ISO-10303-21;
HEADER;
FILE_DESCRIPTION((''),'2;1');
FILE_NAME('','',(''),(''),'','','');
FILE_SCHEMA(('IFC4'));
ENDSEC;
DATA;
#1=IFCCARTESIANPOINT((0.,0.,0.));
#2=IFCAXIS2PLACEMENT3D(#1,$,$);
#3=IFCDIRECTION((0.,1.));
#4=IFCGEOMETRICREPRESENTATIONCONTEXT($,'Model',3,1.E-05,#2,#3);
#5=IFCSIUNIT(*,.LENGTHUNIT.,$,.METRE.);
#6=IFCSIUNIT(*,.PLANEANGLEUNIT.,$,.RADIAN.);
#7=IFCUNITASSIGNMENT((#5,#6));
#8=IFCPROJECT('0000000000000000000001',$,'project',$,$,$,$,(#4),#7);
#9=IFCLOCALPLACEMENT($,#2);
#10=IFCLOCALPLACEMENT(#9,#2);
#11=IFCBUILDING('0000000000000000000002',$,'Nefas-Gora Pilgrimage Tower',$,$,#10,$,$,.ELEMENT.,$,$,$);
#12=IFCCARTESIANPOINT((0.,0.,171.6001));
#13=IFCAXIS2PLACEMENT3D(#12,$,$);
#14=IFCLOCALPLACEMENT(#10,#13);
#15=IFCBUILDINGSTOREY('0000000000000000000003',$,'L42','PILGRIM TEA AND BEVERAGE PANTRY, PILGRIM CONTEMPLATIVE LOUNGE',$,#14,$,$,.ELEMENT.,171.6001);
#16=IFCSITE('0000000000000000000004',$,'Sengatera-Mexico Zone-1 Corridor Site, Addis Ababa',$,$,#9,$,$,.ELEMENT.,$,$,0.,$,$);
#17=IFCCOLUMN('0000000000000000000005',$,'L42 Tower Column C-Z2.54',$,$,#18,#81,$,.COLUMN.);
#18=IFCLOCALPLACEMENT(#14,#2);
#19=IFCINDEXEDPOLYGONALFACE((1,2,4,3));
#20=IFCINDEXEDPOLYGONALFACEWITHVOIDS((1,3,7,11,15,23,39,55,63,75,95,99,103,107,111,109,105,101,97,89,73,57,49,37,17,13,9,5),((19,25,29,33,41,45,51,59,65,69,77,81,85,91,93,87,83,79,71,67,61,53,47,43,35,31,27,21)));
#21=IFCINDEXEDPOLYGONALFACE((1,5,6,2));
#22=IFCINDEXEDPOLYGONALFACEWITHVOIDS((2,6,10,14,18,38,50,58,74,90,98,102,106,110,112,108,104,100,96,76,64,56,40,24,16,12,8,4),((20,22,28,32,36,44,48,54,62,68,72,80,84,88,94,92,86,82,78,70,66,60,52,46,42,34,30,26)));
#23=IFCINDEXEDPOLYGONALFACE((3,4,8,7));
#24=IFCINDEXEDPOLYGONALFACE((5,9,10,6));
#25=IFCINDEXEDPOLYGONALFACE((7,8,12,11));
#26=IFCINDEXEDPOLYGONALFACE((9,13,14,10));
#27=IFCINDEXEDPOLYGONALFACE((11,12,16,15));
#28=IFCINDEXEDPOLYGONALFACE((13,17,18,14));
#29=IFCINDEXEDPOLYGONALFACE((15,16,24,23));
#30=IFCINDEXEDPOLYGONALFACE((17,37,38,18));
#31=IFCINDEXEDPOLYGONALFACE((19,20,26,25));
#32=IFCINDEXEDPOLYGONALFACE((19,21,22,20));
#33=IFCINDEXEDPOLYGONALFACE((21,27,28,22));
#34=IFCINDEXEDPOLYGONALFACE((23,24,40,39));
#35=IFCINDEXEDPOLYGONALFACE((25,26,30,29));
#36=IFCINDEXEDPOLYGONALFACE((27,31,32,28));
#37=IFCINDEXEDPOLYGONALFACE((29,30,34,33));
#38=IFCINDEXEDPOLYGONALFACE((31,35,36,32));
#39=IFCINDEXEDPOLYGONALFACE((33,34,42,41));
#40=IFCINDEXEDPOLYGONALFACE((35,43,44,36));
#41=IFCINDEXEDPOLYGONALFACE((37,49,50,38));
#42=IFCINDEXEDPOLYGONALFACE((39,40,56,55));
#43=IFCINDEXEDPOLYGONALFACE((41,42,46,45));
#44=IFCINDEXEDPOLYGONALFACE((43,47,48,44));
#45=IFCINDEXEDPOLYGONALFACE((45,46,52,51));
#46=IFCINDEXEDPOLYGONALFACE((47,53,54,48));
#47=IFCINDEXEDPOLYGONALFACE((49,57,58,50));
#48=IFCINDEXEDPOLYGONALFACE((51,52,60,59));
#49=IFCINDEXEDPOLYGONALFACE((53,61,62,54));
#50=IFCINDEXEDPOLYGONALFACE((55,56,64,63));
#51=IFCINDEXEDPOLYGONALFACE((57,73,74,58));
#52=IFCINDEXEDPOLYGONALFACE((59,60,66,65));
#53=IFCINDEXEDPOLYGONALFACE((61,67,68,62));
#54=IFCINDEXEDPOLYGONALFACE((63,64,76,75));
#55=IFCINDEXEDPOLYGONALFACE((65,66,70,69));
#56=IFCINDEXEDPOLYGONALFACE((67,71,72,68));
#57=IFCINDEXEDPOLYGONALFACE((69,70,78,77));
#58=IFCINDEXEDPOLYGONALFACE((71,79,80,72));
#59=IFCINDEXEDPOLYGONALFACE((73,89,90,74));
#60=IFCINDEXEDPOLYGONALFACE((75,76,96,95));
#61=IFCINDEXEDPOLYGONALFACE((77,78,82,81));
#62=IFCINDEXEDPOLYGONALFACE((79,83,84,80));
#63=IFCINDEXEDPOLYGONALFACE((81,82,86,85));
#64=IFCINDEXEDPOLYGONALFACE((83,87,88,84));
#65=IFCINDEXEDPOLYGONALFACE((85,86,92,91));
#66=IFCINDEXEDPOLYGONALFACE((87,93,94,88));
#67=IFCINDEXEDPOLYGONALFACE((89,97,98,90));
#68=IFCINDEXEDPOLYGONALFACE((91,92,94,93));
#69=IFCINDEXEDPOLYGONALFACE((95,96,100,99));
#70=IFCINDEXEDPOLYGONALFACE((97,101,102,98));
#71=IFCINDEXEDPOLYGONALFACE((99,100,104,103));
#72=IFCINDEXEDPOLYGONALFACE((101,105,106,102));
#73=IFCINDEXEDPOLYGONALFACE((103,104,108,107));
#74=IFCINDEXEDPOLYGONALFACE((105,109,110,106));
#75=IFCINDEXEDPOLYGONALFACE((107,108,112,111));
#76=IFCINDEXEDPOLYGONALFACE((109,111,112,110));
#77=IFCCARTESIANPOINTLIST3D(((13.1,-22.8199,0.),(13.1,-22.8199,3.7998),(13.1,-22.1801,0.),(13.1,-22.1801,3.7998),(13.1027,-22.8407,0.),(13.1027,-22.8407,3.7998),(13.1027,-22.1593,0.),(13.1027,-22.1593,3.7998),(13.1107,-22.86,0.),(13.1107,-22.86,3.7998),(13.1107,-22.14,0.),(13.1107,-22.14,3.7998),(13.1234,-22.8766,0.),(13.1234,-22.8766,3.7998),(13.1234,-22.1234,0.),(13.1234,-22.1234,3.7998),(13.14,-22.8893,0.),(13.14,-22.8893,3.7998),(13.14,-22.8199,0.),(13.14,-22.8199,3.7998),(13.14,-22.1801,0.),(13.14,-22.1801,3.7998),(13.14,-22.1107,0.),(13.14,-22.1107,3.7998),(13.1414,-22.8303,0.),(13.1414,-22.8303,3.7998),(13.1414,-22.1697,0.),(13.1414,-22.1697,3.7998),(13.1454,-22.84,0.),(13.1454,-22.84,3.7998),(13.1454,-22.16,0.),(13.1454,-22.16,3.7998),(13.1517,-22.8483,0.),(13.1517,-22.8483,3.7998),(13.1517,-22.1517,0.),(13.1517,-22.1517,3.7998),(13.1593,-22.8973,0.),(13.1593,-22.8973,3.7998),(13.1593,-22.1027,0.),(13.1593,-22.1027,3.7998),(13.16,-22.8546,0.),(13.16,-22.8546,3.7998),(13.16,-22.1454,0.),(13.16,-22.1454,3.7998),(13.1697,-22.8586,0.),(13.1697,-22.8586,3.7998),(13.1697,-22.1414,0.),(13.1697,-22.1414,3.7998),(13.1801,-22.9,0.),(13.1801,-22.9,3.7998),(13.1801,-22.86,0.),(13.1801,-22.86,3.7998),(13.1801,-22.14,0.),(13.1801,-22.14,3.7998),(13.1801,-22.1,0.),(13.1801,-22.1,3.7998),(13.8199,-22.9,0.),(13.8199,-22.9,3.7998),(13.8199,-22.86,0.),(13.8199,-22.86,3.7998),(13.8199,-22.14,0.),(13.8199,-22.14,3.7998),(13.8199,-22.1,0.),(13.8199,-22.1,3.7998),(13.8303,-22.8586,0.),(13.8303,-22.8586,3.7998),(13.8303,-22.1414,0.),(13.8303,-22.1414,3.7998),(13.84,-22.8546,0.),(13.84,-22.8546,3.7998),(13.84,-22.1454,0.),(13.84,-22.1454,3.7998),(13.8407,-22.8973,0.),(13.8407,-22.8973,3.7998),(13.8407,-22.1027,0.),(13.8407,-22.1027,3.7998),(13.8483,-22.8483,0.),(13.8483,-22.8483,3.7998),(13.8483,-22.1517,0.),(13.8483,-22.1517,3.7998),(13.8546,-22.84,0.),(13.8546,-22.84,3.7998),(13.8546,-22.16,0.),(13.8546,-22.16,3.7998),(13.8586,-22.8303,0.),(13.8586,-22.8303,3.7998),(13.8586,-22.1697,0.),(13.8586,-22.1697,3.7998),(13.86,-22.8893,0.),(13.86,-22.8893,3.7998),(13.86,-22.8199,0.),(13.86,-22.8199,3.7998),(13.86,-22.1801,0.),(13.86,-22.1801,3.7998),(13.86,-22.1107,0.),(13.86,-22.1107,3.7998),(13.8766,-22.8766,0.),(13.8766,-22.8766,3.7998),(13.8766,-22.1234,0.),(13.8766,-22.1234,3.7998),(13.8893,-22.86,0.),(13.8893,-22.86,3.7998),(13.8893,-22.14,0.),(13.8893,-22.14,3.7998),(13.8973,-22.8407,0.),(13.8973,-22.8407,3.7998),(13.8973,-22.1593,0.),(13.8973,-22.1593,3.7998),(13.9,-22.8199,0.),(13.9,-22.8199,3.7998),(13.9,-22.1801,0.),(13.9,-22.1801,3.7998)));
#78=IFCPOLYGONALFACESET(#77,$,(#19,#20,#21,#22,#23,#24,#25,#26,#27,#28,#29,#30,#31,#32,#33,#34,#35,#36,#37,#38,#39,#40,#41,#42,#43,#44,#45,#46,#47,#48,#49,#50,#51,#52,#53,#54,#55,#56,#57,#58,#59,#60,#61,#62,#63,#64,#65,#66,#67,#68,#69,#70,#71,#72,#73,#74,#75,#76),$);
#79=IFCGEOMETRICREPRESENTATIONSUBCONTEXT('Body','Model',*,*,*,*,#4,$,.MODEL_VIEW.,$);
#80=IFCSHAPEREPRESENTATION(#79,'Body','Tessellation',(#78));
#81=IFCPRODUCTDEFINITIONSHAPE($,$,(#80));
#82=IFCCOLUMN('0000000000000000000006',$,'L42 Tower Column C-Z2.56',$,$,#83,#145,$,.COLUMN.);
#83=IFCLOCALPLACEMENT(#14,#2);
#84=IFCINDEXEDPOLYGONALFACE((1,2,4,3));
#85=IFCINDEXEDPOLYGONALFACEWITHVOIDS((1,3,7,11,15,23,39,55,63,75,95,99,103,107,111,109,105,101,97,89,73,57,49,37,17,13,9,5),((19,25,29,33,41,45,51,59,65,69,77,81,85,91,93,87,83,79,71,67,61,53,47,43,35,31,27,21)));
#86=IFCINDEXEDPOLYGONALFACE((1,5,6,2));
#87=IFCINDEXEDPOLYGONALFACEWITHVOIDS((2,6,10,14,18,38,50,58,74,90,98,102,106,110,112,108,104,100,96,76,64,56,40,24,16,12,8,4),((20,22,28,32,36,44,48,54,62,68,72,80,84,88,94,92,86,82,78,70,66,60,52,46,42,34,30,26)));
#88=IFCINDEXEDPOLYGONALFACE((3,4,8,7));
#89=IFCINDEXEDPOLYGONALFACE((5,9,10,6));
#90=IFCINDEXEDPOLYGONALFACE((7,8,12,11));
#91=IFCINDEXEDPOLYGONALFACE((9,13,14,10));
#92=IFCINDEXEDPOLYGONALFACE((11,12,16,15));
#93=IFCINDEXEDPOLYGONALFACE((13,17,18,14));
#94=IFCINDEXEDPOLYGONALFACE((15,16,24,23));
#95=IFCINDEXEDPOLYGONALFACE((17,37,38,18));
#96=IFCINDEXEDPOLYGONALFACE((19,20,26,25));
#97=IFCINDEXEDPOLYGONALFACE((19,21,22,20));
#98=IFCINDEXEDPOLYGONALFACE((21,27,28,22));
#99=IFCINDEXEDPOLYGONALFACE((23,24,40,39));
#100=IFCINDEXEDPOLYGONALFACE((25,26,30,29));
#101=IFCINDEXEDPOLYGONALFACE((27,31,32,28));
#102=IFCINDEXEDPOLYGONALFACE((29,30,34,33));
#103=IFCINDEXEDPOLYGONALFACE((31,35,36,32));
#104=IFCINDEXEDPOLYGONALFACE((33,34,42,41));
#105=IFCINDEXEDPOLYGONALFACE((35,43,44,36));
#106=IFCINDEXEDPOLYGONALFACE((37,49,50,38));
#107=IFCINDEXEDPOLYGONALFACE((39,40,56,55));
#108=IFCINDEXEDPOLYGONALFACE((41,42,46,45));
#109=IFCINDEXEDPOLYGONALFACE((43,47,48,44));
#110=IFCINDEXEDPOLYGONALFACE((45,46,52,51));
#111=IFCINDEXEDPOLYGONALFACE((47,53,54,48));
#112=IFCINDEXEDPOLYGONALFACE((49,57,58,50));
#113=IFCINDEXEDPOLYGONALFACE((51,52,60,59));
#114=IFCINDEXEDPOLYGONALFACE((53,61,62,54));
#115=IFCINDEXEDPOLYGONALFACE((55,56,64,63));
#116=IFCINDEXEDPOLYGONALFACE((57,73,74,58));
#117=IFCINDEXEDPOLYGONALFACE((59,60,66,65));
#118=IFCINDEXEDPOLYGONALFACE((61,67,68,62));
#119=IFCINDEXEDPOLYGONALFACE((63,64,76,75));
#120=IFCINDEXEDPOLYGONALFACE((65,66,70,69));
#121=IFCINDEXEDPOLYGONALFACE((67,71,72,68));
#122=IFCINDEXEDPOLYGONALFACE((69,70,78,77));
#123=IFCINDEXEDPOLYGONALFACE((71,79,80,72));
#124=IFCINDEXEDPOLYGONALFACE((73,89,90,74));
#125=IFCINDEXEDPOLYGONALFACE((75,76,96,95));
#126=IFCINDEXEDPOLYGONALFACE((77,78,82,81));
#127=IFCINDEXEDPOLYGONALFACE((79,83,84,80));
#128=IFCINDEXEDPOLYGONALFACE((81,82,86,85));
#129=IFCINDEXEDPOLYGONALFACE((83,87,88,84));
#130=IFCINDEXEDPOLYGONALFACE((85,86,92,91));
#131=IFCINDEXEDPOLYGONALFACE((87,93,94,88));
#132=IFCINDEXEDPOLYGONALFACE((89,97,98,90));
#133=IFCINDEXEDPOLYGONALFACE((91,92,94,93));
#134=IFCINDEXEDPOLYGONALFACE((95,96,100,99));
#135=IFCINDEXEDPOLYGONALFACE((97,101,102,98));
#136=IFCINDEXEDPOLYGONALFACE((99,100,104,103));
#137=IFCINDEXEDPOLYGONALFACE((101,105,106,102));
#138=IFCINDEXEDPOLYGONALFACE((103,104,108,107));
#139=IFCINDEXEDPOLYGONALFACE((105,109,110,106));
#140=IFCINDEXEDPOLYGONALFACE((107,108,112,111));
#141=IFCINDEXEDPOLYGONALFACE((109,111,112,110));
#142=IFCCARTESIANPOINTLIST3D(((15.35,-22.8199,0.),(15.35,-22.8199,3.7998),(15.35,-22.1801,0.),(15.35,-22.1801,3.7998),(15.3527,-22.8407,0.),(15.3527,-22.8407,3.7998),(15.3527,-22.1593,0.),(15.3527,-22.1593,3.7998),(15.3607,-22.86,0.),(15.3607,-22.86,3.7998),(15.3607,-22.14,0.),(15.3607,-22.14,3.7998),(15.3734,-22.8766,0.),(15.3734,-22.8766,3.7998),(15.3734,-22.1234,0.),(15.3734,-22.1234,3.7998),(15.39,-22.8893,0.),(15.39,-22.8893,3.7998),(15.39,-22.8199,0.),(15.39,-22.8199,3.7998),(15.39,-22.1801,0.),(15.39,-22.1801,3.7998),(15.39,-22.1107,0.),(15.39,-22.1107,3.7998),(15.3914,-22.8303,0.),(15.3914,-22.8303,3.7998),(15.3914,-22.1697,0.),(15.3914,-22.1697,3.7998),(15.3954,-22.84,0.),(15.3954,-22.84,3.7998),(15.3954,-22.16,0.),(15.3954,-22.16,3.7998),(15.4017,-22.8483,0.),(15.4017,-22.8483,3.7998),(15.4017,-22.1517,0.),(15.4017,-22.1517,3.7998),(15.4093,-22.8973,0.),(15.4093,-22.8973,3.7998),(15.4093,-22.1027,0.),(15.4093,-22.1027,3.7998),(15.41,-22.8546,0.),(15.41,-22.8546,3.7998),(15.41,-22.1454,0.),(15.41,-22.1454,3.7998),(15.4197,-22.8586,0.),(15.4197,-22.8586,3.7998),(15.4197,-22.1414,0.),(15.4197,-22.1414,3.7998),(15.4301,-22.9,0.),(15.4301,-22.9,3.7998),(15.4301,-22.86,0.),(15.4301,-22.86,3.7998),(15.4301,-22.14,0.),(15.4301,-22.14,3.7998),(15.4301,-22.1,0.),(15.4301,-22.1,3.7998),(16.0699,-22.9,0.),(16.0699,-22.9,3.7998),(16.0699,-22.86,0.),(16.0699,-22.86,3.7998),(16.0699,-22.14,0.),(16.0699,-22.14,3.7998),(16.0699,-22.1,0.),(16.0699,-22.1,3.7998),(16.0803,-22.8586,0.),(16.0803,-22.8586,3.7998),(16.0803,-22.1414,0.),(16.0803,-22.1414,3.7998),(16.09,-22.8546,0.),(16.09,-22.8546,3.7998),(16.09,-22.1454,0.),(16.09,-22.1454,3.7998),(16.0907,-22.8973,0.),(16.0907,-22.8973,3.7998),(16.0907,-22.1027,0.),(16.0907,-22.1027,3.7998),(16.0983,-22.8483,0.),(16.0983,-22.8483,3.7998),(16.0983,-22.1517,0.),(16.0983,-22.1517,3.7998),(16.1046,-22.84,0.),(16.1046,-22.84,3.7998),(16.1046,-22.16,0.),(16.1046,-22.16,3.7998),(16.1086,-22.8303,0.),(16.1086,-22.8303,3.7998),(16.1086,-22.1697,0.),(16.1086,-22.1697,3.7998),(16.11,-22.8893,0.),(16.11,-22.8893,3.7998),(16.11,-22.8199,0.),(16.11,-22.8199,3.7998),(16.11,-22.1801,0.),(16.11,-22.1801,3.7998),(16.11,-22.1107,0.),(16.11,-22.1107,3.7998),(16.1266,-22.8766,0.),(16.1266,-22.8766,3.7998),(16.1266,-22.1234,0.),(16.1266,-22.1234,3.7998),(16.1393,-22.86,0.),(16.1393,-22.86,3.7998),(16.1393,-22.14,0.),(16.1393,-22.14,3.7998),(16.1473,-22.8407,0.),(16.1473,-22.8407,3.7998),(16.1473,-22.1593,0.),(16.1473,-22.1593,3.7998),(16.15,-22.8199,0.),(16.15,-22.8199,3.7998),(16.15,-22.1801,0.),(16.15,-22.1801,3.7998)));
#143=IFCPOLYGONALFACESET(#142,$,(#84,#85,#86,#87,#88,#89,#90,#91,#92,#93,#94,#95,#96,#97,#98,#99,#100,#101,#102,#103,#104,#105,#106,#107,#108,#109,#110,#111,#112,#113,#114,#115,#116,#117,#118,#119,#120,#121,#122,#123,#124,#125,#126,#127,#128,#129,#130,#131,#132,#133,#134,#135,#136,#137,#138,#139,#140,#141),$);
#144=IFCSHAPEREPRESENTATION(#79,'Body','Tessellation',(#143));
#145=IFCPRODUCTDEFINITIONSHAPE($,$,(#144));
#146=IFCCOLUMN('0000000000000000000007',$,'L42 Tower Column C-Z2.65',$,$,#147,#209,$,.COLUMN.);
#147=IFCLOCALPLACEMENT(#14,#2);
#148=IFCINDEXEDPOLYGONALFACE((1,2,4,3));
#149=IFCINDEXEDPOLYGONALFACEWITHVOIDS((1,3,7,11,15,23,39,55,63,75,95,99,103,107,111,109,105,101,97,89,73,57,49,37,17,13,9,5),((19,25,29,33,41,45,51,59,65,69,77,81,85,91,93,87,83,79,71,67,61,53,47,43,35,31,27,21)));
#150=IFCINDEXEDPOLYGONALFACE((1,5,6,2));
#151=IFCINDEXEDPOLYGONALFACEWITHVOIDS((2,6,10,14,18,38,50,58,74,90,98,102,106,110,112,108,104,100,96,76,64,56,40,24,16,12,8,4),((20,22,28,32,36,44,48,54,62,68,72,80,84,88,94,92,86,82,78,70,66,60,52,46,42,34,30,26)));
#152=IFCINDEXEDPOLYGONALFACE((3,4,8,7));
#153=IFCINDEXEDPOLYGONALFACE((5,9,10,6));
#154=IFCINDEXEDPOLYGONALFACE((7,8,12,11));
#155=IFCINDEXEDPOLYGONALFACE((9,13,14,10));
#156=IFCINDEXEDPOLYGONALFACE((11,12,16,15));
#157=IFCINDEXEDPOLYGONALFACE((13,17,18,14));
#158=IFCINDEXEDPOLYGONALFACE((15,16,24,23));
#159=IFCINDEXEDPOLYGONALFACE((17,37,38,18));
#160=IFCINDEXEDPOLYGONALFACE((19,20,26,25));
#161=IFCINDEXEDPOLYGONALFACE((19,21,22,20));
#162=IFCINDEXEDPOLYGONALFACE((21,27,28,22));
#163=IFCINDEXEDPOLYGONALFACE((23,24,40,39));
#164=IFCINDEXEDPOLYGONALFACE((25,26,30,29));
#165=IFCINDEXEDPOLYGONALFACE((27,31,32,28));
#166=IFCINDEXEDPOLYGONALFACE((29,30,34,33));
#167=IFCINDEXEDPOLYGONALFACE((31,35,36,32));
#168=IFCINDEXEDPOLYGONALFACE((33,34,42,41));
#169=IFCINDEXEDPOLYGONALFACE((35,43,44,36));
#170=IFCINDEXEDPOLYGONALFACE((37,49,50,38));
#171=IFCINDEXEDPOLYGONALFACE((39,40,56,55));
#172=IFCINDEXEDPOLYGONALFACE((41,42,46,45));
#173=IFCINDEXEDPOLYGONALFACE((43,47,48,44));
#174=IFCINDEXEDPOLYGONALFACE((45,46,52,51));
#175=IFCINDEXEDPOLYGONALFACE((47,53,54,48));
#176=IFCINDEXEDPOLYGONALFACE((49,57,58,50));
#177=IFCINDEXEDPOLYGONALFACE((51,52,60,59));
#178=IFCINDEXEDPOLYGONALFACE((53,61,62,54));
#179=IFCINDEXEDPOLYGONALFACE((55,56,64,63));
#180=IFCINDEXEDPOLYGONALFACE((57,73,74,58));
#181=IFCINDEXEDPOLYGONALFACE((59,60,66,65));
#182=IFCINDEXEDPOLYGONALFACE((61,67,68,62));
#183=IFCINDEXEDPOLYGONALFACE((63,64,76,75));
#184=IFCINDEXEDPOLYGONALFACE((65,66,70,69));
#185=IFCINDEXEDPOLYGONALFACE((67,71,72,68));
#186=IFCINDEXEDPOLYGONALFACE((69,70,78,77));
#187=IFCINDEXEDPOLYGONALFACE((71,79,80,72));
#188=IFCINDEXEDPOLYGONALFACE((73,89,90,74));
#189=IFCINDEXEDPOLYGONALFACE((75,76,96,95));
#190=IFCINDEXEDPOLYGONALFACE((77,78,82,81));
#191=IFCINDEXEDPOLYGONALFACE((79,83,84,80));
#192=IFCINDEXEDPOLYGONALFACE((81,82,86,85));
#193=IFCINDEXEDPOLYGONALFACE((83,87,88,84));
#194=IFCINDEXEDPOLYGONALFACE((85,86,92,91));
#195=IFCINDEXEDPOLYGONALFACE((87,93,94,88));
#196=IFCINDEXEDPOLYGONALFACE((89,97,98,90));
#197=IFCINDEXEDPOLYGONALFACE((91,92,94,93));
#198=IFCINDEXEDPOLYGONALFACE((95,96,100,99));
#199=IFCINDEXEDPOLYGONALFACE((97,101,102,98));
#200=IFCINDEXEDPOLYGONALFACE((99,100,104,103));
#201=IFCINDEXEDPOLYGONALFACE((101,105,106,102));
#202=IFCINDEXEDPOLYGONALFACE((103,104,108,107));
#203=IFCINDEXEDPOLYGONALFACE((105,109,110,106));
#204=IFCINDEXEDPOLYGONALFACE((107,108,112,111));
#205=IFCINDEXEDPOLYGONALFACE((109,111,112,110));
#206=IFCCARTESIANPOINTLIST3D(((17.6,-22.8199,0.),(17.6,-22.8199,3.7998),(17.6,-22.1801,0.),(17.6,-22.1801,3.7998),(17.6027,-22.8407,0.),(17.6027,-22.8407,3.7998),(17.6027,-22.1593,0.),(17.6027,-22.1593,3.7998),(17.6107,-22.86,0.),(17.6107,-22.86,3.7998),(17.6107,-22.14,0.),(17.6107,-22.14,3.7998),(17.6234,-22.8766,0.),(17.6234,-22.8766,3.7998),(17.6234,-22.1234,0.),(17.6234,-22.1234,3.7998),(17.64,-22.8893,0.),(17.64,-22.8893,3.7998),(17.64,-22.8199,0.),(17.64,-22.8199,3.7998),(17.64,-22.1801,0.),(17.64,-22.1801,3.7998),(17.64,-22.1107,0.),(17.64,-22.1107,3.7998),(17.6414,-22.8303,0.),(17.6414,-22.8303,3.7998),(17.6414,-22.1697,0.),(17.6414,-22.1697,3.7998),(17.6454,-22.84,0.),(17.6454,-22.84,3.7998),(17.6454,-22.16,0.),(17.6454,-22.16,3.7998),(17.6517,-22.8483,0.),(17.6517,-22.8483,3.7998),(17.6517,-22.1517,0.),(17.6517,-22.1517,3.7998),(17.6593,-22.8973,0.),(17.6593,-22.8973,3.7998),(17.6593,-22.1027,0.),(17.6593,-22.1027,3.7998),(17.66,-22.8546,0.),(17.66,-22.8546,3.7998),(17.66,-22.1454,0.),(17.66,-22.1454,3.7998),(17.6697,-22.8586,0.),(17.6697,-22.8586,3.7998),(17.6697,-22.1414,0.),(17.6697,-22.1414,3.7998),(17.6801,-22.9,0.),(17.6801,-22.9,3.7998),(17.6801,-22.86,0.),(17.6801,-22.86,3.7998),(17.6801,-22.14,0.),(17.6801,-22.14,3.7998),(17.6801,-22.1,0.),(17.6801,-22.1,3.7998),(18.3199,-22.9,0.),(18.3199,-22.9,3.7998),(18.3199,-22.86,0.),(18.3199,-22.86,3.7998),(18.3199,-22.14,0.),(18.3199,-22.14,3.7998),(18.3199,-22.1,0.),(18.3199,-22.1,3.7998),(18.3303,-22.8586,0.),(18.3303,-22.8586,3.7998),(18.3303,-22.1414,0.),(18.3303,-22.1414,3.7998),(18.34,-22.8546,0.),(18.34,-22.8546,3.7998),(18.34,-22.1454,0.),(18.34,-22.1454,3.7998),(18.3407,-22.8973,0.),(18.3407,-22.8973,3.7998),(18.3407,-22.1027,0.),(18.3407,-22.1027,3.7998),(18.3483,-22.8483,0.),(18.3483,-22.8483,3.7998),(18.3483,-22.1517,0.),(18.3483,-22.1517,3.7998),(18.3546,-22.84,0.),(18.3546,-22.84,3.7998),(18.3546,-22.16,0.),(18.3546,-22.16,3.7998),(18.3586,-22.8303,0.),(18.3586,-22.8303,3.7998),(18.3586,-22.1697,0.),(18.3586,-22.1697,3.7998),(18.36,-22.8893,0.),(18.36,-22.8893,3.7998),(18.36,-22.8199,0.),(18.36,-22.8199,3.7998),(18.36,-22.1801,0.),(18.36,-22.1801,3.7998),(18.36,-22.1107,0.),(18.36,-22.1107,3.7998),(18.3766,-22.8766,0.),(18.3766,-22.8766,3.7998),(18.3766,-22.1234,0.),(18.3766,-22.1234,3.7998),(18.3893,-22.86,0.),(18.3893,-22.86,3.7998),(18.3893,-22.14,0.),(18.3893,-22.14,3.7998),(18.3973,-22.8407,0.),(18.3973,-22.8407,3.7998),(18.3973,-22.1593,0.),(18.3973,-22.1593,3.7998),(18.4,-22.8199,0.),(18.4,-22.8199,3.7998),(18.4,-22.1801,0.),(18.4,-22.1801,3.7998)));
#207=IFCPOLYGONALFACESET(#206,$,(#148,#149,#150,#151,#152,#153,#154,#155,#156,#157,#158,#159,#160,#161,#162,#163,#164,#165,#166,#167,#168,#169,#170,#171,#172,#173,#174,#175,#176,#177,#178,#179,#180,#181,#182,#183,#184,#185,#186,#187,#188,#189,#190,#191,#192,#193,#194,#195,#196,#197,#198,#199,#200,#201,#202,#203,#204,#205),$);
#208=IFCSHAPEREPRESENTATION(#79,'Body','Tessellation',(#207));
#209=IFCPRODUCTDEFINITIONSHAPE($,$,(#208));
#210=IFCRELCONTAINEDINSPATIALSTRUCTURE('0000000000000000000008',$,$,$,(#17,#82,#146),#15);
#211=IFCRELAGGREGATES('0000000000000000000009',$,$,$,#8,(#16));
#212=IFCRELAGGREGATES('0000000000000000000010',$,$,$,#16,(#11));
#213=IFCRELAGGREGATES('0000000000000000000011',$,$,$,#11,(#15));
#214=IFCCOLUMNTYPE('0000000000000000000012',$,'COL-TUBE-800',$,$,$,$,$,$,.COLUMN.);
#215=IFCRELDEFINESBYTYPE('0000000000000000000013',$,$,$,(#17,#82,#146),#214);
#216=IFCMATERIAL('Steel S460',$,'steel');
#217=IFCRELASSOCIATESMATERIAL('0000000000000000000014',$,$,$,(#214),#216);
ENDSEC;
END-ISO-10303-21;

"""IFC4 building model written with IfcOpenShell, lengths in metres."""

from ifc_helpers import new_model, si_unit, direction, frame, origin, origin_2d, place, context, subcontext, project, spatial, hollow_rectangle, extrude, source, transform, mapped, material, material_profile, profile_set, type_object, element, save


model = new_model("IFC4")

# Units and contexts
model_context = context("Model", 3, precision=1e-05, world=origin(), true_north=direction((0.0, 1.0)))
body_context = subcontext(model_context, "Body", "Model", "MODEL_VIEW")
ifc_project = project(units=[si_unit("LENGTHUNIT", "METRE"), si_unit("PLANEANGLEUNIT", "RADIAN")], contexts=[model_context])

# Site, building, storey
site_placement = place(None, origin())
site = spatial("IfcSite", under=ifc_project, at=site_placement, Name="Sengatera-Mexico Zone-1 Corridor Site, Addis Ababa", CompositionType="ELEMENT", RefElevation=0.0)
building_placement = place(site_placement, origin())
building = spatial("IfcBuilding", under=site, at=building_placement, Name="Nefas-Gora Pilgrimage Tower", CompositionType="ELEMENT")
storey_placement = place(building_placement, frame((0.0, 0.0, 171.6001)))
storey = spatial("IfcBuildingStorey", under=building, at=storey_placement, Name="L42", Description="PILGRIM TEA AND BEVERAGE PANTRY, PILGRIM CONTEMPLATIVE LOUNGE", CompositionType="ELEMENT", Elevation=171.6001)

# Columns
ifc_material_1 = material(Name="Steel S460", Category="steel")
ifc_material_profile_1 = material_profile(ifc_material_1, hollow_rectangle(XDim=0.8, YDim=0.8, WallThickness=0.04, InnerFilletRadius=0.04, OuterFilletRadius=0.0801, at=origin_2d()), Name="BOX 800x800x40")
ifc_profile_set_1 = profile_set([ifc_material_profile_1], Name="Steel S460")
column_type_1 = type_object("IfcColumnType", Name="COL-TUBE-800", PredefinedType="COLUMN", material=ifc_profile_set_1)
shared_shape_1 = source(origin(), body_context, "Body", "SweptSolid", [
    extrude(hollow_rectangle(XDim=0.8, YDim=0.8, WallThickness=0.04, InnerFilletRadius=0.04, OuterFilletRadius=0.0801, at=origin_2d()), origin(), (0.0, 0.0, 1.0), 3.7998),
])
for number, where, z_axis, x_axis, name in (
    (1, (13.5, -22.5, 0.0), (0.0, 0.0, 1.0), (1.0, 0.0, 0.0), "L42 Tower Column C-Z2.54"),
    (2, (15.75, -22.5, 0.0), (0.0, 0.0, 1.0), (1.0, 0.0, 0.0), "L42 Tower Column C-Z2.56"),
    (3, (18.0, -22.5, 0.0), (0.0, 0.0, 1.0), (1.0, 0.0, 0.0), "L42 Tower Column C-Z2.65"),
):
    element("IfcColumn", number, at=place(storey_placement, frame(where, z_axis=z_axis, x_axis=x_axis)), inside=storey, type_object=column_type_1, Name=name, PredefinedType="COLUMN", context=body_context, shape_type="MappedRepresentation", body=[
        mapped(shared_shape_1, transform((0.0, 0.0, 0.0), x_axis=(1.0, 0.0, 0.0), y_axis=(0.0, 1.0, 0.0), z_axis=(0.0, 0.0, 1.0), scale=1.0)),
    ])

save(model, "model.ifc")
